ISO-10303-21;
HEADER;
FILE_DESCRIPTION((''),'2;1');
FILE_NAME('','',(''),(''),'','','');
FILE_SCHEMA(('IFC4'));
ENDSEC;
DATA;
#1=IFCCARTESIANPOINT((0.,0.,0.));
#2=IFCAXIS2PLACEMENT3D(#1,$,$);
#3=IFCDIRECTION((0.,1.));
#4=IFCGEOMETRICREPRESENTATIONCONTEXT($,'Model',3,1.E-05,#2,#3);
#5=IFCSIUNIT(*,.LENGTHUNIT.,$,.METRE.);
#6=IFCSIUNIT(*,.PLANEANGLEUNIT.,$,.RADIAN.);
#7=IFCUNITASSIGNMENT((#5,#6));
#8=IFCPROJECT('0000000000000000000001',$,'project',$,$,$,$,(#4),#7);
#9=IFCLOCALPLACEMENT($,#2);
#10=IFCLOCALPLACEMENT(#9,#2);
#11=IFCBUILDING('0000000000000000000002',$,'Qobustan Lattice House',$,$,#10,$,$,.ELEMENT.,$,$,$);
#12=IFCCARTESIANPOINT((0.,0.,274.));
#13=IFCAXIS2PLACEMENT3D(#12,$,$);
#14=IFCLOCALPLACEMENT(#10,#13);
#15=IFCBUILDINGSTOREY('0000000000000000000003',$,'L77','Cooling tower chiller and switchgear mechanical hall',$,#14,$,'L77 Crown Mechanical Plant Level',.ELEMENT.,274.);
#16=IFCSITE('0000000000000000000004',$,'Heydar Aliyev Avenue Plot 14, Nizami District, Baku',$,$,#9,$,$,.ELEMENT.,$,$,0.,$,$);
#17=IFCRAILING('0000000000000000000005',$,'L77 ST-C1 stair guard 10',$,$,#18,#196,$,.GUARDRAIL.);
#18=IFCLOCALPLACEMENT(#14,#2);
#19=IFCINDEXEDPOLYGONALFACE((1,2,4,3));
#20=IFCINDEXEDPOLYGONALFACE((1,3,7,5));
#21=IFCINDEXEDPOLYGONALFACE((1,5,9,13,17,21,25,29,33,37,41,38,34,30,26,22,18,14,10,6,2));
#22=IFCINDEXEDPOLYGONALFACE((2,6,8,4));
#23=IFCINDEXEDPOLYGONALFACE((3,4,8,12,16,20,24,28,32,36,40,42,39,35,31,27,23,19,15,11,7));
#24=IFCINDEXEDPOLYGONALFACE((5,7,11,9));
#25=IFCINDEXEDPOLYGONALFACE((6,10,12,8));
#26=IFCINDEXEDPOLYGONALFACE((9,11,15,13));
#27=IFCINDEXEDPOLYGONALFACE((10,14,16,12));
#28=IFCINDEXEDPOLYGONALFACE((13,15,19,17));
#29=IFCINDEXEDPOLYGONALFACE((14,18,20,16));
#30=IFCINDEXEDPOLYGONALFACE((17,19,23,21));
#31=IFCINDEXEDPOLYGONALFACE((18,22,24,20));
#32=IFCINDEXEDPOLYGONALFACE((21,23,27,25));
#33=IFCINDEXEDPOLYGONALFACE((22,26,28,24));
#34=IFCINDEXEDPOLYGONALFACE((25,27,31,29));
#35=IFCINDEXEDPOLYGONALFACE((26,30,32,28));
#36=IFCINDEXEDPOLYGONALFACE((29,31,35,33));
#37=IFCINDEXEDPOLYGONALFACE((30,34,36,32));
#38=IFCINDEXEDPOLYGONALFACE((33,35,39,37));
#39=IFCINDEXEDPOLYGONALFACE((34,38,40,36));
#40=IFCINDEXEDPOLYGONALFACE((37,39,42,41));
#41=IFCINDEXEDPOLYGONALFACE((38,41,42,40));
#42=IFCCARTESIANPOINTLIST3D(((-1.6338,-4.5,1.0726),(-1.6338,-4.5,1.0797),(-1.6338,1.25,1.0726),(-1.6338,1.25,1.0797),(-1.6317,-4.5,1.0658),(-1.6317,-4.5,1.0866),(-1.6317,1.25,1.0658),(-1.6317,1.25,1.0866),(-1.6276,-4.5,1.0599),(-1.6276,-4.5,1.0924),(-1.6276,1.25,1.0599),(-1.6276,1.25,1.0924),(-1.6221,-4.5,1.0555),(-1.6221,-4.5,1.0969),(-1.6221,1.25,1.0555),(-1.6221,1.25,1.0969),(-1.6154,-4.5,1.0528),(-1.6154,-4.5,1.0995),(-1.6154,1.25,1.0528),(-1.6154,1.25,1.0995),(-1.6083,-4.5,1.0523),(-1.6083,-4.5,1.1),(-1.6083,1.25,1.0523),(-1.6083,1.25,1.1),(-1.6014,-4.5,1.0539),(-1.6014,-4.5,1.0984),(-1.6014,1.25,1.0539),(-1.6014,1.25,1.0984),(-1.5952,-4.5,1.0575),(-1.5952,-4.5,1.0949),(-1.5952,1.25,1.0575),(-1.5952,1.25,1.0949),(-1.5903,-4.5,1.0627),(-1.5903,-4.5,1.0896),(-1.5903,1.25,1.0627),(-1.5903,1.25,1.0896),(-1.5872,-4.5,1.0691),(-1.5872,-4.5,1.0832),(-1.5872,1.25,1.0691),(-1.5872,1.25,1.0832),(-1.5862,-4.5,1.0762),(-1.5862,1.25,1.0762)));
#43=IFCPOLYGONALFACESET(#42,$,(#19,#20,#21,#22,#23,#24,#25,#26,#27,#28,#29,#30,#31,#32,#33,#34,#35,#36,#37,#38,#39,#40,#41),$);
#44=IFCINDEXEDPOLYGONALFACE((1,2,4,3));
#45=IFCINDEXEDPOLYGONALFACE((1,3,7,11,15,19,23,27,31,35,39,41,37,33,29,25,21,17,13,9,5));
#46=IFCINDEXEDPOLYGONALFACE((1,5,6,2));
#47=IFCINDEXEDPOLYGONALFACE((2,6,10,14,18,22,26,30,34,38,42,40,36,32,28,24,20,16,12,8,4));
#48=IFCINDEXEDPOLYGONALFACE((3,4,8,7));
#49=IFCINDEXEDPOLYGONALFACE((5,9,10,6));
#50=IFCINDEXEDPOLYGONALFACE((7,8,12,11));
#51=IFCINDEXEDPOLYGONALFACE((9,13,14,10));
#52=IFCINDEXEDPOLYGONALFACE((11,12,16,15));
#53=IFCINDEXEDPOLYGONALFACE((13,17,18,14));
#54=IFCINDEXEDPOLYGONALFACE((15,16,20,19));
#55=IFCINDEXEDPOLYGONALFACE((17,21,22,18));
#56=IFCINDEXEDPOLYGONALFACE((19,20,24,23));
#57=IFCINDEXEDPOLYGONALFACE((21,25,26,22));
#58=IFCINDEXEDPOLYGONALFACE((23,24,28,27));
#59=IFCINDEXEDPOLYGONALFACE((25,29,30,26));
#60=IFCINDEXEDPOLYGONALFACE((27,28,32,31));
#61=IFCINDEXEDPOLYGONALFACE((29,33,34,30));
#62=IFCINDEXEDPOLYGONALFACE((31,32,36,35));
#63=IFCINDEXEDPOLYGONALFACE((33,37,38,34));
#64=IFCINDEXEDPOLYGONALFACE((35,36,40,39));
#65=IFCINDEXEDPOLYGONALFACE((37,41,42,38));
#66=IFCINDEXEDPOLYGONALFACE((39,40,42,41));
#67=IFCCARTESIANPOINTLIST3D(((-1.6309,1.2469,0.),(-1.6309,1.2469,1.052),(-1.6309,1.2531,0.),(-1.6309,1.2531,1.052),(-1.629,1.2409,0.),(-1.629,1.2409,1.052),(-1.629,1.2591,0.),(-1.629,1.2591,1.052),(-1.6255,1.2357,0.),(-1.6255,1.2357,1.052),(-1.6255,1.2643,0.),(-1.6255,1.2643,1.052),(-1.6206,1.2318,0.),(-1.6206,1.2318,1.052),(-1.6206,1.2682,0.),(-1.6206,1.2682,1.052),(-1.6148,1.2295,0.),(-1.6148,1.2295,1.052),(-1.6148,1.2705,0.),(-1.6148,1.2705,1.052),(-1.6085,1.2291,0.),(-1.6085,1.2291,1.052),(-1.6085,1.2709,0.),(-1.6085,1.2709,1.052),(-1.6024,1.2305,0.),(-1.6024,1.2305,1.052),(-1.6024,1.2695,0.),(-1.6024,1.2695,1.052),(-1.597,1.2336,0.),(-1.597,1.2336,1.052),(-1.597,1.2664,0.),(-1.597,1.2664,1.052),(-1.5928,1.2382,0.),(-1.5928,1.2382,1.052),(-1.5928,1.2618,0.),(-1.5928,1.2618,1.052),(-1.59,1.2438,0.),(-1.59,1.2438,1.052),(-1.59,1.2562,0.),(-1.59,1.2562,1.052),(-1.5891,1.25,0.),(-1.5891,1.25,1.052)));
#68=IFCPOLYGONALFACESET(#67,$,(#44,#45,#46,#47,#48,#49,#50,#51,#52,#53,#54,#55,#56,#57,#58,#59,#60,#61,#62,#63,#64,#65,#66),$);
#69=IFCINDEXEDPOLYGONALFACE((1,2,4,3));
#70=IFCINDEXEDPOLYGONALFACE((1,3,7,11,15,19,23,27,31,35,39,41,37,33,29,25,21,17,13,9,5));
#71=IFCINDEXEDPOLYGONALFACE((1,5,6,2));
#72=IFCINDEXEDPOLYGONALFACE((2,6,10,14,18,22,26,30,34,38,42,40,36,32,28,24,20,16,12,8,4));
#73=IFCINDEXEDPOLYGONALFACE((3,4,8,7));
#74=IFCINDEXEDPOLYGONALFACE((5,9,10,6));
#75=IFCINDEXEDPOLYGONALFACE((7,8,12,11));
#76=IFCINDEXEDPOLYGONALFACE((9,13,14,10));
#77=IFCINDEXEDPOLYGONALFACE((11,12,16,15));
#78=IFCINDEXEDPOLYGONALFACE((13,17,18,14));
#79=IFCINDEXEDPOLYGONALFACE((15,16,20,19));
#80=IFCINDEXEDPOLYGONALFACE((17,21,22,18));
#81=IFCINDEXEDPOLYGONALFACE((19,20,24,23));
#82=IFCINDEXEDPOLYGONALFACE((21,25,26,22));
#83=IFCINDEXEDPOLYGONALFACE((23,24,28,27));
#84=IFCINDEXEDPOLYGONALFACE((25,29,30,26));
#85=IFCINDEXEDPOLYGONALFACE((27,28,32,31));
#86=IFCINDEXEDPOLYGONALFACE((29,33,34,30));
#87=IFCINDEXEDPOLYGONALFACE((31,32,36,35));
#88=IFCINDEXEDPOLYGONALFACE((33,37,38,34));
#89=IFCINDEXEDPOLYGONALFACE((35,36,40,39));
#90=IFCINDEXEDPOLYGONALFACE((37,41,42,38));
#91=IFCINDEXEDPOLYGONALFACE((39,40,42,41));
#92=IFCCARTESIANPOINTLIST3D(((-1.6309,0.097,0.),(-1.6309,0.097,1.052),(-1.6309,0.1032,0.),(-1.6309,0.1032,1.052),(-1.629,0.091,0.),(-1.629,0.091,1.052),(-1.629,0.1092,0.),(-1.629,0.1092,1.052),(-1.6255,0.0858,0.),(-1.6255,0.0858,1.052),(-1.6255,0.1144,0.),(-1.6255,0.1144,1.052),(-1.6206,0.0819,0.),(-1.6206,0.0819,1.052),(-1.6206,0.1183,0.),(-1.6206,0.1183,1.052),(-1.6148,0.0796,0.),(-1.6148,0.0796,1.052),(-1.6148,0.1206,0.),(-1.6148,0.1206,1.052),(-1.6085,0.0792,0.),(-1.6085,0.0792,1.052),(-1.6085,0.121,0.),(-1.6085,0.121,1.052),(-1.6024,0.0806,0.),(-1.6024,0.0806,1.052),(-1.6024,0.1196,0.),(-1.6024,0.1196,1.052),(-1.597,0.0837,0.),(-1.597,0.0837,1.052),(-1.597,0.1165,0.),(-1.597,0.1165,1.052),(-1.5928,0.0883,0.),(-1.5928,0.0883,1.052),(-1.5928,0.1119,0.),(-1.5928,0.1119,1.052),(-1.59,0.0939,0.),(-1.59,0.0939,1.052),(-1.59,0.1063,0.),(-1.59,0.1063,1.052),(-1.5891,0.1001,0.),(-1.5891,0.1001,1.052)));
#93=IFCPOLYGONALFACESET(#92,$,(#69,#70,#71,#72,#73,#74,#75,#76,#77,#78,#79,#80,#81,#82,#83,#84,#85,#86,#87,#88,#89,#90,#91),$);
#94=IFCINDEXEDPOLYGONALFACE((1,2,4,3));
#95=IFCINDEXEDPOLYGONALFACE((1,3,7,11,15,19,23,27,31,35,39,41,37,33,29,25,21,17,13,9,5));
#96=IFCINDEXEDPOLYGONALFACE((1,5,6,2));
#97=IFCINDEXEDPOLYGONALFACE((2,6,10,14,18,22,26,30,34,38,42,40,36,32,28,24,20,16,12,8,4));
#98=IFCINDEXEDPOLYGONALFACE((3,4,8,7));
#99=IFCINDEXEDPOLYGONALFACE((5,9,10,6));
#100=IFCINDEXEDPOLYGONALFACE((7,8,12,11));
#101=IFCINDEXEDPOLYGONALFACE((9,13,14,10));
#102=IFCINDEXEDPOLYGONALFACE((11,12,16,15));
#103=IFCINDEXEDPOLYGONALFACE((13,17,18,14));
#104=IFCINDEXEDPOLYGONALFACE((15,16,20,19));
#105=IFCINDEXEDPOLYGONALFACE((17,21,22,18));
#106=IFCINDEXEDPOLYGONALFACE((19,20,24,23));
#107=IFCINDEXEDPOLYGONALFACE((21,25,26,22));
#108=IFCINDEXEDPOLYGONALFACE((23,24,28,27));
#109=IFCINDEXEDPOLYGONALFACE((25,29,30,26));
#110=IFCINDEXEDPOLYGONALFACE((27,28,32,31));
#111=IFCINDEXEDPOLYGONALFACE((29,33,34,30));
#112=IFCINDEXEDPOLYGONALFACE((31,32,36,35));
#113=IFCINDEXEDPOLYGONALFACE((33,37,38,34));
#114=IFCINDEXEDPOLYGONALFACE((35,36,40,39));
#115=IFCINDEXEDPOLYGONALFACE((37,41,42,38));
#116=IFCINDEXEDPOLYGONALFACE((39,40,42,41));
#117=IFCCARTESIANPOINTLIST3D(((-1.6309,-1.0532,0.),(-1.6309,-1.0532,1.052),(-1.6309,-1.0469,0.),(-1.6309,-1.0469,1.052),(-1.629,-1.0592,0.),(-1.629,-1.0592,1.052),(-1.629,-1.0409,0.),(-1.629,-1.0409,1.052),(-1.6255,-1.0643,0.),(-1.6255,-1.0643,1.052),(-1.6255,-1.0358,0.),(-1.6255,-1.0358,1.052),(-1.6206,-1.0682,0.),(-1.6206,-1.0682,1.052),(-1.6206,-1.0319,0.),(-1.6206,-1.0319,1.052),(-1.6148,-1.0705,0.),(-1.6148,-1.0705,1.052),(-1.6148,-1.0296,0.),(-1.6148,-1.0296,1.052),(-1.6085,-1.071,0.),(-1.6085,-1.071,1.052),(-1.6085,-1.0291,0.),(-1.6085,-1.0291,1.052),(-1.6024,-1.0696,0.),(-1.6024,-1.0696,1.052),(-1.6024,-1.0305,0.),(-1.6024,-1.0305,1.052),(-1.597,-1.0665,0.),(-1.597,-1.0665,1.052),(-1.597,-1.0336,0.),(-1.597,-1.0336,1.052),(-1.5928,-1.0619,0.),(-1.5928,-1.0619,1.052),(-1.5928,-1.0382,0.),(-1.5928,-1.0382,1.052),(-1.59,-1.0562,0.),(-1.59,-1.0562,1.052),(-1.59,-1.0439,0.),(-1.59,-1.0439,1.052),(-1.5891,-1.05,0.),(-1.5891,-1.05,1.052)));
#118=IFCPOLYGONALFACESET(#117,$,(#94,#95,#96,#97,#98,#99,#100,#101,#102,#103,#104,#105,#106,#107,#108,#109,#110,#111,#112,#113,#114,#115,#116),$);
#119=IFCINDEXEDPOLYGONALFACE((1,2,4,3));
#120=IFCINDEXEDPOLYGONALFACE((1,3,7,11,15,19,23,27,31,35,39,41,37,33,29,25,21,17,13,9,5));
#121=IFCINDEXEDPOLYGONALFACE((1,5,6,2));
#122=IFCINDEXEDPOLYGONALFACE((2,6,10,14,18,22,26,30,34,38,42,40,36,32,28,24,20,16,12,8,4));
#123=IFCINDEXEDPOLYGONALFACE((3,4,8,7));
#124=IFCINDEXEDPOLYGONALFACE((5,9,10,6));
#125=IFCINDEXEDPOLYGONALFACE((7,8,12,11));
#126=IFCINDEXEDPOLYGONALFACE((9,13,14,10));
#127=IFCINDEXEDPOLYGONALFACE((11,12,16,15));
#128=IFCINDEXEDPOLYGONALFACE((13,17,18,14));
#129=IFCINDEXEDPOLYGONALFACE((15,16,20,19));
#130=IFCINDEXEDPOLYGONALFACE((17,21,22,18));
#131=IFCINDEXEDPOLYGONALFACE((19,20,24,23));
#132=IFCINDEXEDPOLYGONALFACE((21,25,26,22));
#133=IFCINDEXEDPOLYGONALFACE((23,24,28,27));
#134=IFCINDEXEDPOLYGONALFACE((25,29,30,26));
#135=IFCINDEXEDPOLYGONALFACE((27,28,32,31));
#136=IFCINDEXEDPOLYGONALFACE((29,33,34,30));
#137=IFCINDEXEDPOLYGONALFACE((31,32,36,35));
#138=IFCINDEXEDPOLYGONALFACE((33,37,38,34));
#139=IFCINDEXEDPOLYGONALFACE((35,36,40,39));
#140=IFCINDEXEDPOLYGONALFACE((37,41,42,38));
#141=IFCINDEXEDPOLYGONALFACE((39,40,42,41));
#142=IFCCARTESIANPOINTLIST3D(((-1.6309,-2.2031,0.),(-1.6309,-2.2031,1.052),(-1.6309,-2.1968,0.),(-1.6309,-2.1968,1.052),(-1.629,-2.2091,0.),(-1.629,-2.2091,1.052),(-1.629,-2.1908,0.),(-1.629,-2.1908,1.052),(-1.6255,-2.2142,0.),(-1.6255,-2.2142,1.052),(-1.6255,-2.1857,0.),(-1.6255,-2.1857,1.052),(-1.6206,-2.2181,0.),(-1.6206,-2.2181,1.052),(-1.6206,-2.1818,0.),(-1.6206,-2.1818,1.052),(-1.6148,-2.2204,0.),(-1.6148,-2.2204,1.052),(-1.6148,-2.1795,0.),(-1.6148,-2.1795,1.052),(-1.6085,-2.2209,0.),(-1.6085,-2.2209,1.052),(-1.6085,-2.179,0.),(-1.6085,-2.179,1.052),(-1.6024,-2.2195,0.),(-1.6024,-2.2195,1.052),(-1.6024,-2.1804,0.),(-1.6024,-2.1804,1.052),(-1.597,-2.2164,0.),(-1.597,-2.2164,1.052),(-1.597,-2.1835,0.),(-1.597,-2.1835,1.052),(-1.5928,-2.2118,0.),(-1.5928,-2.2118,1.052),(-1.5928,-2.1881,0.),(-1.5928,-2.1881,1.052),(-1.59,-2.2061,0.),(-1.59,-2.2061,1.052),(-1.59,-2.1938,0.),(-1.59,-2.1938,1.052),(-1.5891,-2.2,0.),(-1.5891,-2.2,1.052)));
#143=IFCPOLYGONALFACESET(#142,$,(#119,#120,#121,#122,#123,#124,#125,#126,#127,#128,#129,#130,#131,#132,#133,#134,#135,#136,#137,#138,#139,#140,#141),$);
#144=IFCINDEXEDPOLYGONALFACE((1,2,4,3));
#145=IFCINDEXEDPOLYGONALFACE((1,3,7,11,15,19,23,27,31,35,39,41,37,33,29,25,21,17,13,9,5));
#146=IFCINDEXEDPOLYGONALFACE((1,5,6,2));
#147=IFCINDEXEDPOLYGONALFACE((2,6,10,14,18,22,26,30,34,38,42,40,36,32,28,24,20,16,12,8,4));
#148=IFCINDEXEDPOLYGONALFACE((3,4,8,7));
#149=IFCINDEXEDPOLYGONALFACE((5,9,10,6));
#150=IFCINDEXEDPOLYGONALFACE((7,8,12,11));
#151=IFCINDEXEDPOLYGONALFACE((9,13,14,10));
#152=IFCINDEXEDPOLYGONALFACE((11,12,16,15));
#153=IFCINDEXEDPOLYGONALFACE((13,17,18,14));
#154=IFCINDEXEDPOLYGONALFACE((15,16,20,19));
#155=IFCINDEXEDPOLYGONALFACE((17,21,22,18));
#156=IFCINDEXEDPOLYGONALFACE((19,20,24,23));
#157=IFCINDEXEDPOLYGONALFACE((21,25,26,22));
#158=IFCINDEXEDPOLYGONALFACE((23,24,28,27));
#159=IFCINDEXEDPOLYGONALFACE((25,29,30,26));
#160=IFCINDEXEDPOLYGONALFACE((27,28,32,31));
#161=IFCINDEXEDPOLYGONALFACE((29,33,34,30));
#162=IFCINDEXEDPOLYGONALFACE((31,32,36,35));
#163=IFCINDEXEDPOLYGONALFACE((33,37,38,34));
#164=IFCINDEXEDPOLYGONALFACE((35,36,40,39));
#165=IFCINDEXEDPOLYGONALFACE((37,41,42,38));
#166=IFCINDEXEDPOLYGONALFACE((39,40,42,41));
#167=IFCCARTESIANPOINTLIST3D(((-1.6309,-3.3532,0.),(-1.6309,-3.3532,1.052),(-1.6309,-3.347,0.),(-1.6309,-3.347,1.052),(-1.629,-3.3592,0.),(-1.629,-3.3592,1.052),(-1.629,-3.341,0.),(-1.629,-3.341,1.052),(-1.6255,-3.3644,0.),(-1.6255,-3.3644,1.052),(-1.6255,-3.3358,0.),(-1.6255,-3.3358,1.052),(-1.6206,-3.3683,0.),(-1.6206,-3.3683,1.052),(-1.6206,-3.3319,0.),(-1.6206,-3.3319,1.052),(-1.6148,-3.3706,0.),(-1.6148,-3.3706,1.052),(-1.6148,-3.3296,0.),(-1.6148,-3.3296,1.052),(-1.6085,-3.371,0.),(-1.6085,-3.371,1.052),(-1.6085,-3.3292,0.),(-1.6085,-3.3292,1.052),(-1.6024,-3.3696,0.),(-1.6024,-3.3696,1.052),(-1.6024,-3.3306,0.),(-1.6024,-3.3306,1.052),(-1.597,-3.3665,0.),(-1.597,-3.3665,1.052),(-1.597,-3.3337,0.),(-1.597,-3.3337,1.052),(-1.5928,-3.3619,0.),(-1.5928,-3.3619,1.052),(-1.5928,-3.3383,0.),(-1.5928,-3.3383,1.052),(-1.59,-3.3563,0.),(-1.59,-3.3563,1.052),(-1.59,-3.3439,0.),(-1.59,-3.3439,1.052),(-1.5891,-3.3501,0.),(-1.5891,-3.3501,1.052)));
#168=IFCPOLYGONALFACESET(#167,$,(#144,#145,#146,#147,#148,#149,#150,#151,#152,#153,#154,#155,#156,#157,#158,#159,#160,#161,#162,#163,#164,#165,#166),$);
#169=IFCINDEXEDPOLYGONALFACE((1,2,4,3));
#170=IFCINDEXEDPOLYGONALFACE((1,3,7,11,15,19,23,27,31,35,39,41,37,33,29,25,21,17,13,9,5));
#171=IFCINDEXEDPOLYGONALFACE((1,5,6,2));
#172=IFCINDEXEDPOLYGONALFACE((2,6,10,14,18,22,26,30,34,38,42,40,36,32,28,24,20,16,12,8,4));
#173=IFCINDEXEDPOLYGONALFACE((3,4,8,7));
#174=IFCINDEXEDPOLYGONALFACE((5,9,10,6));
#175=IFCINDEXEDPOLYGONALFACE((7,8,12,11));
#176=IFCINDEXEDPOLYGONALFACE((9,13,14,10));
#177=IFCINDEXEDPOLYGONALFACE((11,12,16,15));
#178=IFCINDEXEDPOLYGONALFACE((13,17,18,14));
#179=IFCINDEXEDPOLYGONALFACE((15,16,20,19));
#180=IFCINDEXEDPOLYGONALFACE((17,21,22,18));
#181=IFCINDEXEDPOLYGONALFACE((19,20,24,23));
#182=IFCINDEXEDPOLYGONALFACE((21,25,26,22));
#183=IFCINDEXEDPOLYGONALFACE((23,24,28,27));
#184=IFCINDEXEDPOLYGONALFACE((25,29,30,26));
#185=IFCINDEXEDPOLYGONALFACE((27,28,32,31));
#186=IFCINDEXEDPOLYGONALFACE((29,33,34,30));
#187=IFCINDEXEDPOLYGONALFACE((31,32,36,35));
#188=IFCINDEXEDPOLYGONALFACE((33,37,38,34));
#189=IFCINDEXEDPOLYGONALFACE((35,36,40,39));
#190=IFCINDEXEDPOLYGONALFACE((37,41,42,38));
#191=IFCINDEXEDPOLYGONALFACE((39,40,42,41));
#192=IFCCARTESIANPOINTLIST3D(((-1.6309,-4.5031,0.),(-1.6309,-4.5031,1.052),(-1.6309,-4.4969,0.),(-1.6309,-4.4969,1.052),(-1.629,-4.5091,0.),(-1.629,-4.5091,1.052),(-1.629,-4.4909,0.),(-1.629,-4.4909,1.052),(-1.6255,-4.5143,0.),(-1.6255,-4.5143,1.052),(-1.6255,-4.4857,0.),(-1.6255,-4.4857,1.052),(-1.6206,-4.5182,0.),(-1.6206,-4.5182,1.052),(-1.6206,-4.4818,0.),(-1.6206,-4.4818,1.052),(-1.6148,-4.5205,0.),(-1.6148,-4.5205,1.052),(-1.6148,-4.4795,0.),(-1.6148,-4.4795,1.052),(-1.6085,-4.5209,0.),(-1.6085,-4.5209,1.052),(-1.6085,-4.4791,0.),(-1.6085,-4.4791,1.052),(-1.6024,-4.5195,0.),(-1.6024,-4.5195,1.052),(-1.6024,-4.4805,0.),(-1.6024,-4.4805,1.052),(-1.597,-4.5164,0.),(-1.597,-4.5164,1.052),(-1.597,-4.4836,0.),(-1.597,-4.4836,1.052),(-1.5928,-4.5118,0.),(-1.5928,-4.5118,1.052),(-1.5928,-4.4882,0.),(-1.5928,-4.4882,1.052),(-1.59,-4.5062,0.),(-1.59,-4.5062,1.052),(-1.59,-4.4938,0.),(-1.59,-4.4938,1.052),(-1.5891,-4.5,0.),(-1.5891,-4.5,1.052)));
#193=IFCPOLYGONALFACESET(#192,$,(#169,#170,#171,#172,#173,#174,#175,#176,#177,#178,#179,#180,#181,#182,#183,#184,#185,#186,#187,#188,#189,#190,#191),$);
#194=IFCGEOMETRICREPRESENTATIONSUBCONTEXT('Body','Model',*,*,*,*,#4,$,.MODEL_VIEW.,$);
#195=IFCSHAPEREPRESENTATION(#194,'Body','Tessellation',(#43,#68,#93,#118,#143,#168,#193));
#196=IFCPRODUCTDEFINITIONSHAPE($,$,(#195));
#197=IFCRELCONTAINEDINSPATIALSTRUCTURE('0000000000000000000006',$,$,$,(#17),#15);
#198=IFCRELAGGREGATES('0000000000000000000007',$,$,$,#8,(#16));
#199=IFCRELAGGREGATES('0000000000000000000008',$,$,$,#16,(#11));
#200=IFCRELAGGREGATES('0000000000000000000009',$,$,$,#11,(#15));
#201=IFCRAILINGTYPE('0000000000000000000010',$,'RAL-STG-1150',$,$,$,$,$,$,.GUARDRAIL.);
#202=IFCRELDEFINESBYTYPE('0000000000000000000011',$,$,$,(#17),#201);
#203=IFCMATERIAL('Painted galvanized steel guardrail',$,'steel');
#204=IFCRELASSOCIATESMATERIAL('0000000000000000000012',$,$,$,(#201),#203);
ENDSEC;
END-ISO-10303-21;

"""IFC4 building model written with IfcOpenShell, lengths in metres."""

from ifc_helpers import new_model, si_unit, direction, frame, origin, origin_2d, place, context, subcontext, project, spatial, circle, extrude, material, type_object, element, save


model = new_model("IFC4")

# Units and contexts
model_context = context("Model", 3, precision=1e-05, world=origin(), true_north=direction((0.0, 1.0)))
body_context = subcontext(model_context, "Body", "Model", "MODEL_VIEW")
ifc_project = project(units=[si_unit("LENGTHUNIT", "METRE"), si_unit("PLANEANGLEUNIT", "RADIAN")], contexts=[model_context])

# Site, building, storey
site_placement = place(None, origin())
site = spatial("IfcSite", under=ifc_project, at=site_placement, Name="Heydar Aliyev Avenue Plot 14, Nizami District, Baku", CompositionType="ELEMENT", RefElevation=0.0)
building_placement = place(site_placement, origin())
building = spatial("IfcBuilding", under=site, at=building_placement, Name="Qobustan Lattice House", CompositionType="ELEMENT")
storey_placement = place(building_placement, frame((0.0, 0.0, 274.0)))
storey = spatial("IfcBuildingStorey", under=building, at=storey_placement, Name="L77", Description="Cooling tower chiller and switchgear mechanical hall", LongName="L77 Crown Mechanical Plant Level", CompositionType="ELEMENT", Elevation=274.0)

# Railing
ifc_material_1 = material(Name="Painted galvanized steel guardrail", Category="steel")
railing_type_1 = type_object("IfcRailingType", Name="RAL-STG-1150", PredefinedType="GUARDRAIL", material=ifc_material_1)
railing_1_placement = place(storey_placement, frame((-1.6101, 1.25, 0.0)))
element("IfcRailing", 1, at=railing_1_placement, inside=storey, type_object=railing_type_1, Name="L77 ST-C1 stair guard 10", PredefinedType="GUARDRAIL", context=body_context, shape_type="SweptSolid", body=[
    extrude(circle(Radius=0.0239, at=origin_2d()), frame((0.0, 0.0, 1.0762), z_axis=(0.0, -1.0, 0.0), x_axis=(1.0, 0.0, 0.0)), (0.0, 0.0, 1.0), 5.75),
    extrude(circle(Radius=0.021, at=origin_2d()), origin(), (0.0, 0.0, 1.0), 1.052),
    extrude(circle(Radius=0.021, at=origin_2d()), frame((0.0, -1.1499, 0.0)), (0.0, 0.0, 1.0), 1.052),
    extrude(circle(Radius=0.021, at=origin_2d()), frame((0.0, -2.3, 0.0)), (0.0, 0.0, 1.0), 1.052),
    extrude(circle(Radius=0.021, at=origin_2d()), frame((0.0, -3.45, 0.0)), (0.0, 0.0, 1.0), 1.052),
    extrude(circle(Radius=0.021, at=origin_2d()), frame((0.0, -4.6001, 0.0)), (0.0, 0.0, 1.0), 1.052),
    extrude(circle(Radius=0.021, at=origin_2d()), frame((0.0, -5.75, 0.0)), (0.0, 0.0, 1.0), 1.052),
])

save(model, "model.ifc")
